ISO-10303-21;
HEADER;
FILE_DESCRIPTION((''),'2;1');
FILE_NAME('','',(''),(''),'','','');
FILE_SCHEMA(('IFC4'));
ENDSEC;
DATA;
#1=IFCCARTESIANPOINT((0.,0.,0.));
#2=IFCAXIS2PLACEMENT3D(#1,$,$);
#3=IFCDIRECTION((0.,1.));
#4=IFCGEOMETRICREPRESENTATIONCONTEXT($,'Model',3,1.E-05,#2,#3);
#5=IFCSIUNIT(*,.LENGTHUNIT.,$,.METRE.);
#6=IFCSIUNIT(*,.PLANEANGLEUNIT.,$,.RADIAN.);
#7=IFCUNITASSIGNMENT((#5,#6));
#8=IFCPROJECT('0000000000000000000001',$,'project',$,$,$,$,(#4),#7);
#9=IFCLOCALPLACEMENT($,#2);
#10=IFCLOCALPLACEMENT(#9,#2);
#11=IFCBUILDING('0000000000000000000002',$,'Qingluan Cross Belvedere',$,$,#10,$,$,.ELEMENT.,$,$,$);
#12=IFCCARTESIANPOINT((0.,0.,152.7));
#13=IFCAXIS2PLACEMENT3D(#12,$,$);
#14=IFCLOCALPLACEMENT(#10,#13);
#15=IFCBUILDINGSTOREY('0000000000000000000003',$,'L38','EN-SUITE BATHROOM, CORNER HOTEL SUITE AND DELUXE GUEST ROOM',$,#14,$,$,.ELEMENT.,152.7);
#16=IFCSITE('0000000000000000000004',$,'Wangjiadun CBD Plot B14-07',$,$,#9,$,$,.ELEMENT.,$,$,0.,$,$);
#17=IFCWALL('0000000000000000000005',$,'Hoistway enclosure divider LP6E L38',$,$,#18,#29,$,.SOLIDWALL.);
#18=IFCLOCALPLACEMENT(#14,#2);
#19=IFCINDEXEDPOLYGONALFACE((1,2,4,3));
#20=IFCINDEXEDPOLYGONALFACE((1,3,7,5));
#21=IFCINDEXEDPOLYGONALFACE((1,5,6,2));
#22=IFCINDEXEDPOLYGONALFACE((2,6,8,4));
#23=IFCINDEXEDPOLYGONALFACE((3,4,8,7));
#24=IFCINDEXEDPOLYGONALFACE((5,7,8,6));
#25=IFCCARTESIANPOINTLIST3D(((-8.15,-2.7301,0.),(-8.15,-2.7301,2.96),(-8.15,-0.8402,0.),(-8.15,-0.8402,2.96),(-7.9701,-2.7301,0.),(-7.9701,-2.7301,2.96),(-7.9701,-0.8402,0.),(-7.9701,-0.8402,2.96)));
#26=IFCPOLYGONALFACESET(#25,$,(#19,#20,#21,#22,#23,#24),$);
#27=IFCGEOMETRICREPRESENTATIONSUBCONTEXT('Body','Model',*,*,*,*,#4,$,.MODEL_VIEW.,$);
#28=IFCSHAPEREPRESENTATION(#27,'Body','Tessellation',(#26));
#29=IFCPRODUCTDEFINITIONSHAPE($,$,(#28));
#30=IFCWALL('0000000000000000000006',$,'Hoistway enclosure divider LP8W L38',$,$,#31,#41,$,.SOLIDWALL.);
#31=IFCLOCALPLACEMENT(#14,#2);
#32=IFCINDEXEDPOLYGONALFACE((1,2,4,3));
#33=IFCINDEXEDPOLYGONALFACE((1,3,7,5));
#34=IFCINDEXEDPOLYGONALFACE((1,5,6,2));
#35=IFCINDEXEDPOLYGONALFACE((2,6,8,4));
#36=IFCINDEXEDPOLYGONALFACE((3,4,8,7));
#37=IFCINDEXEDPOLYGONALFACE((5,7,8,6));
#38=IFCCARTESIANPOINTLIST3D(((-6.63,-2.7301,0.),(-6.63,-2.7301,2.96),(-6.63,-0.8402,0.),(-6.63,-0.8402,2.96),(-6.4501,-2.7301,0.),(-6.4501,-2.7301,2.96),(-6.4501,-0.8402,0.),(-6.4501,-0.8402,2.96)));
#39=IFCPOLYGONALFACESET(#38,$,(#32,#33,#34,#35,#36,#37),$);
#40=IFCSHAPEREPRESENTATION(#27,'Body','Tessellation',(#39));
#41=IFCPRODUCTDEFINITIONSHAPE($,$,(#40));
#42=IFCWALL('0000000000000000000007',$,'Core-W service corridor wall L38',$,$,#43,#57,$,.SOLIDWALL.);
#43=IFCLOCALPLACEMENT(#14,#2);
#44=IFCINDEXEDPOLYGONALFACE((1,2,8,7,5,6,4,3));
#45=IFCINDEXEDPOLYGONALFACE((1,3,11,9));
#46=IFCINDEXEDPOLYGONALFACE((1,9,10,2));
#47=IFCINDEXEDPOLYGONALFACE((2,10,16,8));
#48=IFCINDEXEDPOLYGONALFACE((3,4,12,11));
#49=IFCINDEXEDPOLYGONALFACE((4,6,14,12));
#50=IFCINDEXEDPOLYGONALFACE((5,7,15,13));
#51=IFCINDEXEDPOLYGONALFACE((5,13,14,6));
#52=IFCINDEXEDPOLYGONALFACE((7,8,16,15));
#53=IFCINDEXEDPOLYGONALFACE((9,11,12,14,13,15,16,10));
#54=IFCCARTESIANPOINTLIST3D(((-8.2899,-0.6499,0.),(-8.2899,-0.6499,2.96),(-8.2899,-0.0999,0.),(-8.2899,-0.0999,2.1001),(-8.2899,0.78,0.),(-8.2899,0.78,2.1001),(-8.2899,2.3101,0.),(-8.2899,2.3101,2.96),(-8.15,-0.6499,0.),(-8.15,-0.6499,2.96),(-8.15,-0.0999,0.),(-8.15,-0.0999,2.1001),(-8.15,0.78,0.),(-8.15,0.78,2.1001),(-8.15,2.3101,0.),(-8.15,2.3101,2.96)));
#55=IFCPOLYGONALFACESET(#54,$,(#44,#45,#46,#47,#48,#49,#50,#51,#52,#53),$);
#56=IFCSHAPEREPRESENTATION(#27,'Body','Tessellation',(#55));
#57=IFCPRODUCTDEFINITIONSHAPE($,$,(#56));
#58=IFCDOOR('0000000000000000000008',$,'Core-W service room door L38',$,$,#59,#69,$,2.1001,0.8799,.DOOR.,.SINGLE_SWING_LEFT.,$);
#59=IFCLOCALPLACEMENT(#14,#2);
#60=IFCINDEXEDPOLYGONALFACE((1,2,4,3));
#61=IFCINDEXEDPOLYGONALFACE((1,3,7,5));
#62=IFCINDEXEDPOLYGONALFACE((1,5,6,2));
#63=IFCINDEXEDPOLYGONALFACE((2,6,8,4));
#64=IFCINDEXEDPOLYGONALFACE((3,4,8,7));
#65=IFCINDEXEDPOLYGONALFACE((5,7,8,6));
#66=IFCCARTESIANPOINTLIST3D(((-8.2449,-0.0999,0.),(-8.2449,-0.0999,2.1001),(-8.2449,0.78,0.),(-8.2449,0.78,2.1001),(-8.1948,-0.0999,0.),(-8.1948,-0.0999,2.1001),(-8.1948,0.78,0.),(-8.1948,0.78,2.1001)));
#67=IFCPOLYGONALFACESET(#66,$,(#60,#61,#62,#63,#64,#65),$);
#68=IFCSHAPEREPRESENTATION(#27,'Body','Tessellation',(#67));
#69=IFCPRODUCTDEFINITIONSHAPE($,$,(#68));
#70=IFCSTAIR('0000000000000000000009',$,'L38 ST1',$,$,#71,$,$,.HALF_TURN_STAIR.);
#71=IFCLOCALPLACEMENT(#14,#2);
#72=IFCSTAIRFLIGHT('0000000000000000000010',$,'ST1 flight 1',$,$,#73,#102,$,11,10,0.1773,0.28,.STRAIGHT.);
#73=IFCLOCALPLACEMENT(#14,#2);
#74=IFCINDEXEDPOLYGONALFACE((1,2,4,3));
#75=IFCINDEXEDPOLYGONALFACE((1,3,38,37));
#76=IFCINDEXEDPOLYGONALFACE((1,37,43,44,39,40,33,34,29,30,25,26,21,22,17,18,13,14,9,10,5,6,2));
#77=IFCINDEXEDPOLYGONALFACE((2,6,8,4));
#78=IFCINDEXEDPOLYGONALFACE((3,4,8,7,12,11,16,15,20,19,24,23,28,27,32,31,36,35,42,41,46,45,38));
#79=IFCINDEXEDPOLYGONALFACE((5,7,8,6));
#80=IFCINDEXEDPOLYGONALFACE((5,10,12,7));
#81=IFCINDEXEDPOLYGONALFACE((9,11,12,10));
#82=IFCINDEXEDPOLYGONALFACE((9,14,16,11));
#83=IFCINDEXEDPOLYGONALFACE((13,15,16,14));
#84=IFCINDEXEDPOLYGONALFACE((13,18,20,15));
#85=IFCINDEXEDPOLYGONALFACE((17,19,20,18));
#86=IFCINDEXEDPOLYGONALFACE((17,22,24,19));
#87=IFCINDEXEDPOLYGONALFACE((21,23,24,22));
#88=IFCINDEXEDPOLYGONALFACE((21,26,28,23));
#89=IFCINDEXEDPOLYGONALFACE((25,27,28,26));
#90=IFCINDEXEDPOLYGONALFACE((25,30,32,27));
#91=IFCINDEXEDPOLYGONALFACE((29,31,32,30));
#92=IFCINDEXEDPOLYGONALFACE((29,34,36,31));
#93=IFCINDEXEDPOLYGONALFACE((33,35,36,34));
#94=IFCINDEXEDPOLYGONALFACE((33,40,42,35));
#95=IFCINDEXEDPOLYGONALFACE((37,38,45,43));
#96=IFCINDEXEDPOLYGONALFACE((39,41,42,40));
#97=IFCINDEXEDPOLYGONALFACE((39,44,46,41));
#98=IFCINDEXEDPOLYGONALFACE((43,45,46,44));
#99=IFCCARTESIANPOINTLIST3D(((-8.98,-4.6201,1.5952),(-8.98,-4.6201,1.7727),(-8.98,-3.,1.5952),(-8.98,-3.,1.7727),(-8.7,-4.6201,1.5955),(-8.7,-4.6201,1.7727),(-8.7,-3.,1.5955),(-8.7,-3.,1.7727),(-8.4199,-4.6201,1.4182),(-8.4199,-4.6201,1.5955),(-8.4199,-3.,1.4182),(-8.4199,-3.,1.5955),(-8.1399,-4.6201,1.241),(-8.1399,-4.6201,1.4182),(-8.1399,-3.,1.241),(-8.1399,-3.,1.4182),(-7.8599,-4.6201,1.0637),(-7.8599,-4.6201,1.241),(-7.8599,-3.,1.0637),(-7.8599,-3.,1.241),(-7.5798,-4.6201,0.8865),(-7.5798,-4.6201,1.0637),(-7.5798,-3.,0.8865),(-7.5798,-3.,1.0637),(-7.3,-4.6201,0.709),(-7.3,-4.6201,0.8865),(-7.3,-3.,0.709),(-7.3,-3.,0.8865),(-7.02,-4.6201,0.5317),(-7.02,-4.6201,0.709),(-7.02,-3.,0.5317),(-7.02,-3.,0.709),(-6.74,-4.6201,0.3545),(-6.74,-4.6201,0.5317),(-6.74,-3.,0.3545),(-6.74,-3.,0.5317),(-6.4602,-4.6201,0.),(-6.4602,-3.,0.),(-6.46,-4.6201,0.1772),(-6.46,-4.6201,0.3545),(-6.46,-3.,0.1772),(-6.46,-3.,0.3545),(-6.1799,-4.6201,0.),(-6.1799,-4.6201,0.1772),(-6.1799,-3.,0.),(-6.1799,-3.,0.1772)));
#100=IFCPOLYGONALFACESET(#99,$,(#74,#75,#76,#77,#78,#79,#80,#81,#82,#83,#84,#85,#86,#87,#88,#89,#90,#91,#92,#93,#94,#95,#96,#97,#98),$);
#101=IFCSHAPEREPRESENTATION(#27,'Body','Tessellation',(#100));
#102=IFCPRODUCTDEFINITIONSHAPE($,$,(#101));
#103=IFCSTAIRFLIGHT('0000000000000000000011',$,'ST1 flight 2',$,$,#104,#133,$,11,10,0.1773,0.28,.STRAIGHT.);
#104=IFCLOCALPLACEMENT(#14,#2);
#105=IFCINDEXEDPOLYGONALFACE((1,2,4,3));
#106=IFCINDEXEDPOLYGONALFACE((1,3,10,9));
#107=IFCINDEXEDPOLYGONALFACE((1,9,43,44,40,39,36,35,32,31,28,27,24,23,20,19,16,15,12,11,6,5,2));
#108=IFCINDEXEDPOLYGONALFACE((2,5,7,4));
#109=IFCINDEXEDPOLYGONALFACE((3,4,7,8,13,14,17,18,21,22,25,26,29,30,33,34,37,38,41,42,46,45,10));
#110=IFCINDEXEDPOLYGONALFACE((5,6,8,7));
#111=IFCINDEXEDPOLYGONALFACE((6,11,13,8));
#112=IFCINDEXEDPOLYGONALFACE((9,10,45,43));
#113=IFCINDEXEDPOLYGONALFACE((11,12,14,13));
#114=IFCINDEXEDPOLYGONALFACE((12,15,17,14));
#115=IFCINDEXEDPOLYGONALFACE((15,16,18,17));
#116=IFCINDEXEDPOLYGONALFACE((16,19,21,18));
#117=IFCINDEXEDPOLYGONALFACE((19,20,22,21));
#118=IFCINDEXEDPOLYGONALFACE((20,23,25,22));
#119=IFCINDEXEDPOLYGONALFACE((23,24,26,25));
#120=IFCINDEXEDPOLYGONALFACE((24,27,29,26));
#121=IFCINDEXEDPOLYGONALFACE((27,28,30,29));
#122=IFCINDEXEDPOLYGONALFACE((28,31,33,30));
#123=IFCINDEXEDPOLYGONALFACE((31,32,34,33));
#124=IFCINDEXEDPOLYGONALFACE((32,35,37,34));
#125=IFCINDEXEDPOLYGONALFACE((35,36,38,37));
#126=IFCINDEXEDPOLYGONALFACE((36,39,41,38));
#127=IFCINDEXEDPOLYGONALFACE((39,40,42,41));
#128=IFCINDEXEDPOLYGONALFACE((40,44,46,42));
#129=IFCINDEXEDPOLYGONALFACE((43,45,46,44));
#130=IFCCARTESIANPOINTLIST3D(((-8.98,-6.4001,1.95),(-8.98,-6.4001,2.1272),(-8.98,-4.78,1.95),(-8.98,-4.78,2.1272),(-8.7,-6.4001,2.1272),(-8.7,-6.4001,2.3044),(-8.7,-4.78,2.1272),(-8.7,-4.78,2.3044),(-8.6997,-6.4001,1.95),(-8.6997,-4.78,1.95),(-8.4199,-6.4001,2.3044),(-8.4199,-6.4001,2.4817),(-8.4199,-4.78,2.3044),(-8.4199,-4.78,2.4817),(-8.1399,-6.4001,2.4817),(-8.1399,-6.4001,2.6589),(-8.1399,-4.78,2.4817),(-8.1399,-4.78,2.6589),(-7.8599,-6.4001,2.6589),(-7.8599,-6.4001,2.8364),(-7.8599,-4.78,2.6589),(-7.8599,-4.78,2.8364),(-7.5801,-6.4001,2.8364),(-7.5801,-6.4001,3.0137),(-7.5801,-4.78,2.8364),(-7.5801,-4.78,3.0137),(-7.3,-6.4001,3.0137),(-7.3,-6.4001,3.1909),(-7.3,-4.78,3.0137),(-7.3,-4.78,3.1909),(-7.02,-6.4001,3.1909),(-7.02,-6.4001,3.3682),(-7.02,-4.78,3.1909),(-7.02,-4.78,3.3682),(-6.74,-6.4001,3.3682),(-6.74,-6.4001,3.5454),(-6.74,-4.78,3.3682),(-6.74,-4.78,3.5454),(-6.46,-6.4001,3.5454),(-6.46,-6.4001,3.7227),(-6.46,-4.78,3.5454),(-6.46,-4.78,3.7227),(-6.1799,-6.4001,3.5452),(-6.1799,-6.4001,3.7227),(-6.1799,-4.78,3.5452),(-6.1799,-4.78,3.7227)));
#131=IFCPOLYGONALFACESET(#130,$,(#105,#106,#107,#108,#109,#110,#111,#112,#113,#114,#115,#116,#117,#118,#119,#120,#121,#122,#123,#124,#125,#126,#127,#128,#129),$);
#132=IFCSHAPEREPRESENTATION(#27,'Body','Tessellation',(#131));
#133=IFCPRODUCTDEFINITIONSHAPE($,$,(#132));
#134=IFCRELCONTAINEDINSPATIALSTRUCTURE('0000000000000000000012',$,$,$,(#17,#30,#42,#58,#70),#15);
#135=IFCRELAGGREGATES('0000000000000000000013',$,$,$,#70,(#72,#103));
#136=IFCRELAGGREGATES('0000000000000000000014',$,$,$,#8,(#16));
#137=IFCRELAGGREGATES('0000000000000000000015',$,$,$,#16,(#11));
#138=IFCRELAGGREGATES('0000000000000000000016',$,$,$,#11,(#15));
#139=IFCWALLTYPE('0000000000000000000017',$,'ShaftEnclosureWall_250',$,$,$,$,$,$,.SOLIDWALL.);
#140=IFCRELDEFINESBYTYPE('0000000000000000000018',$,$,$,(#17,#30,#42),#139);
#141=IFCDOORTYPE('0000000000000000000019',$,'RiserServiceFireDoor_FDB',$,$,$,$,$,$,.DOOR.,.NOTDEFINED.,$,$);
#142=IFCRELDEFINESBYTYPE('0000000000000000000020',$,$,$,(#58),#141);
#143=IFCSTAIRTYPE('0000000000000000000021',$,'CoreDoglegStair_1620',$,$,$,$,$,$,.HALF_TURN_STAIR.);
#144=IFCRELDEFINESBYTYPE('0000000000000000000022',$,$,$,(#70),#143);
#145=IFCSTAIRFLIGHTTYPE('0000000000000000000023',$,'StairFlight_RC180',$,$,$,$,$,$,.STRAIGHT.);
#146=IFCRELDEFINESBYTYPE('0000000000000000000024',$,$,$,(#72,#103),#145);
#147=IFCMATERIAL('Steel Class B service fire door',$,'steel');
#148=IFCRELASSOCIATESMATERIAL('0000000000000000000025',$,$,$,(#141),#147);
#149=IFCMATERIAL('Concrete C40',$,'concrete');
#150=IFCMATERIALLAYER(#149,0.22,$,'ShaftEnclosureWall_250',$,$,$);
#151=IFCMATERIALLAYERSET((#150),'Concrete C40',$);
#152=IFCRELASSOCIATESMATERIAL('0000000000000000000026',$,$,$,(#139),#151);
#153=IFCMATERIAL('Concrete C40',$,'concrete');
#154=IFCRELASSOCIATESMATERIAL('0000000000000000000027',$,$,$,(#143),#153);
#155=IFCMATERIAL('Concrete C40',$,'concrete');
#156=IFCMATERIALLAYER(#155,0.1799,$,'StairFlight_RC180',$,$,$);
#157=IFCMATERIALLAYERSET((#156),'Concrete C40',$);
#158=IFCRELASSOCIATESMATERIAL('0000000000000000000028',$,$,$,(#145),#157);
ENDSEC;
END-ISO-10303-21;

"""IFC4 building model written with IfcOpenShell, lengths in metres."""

from ifc_helpers import new_model, si_unit, direction, frame, frame_2d, origin, place, context, subcontext, project, spatial, polyline, rectangle, outline, extrude, material, layer, layer_set, type_object, element, fill, aggregate, save


model = new_model("IFC4")

# Units and contexts
model_context = context("Model", 3, precision=1e-05, world=origin(), true_north=direction((0.0, 1.0)))
body_context = subcontext(model_context, "Body", "Model", "MODEL_VIEW")
ifc_project = project(units=[si_unit("LENGTHUNIT", "METRE"), si_unit("PLANEANGLEUNIT", "RADIAN")], contexts=[model_context])

# Site, building, storey
site_placement = place(None, origin())
site = spatial("IfcSite", under=ifc_project, at=site_placement, Name="Wangjiadun CBD Plot B14-07", CompositionType="ELEMENT", RefElevation=0.0)
building_placement = place(site_placement, origin())
building = spatial("IfcBuilding", under=site, at=building_placement, Name="Qingluan Cross Belvedere", CompositionType="ELEMENT")
storey_placement = place(building_placement, frame((0.0, 0.0, 152.7)))
storey = spatial("IfcBuildingStorey", under=building, at=storey_placement, Name="L38", Description="EN-SUITE BATHROOM, CORNER HOTEL SUITE AND DELUXE GUEST ROOM", CompositionType="ELEMENT", Elevation=152.7)

# Shared definitions
ifc_material_1 = material(Name="Steel Class B service fire door", Category="steel")
door_type_1 = type_object("IfcDoorType", Name="RiserServiceFireDoor_FDB", OperationType="NOTDEFINED", PredefinedType="DOOR", material=ifc_material_1)

# Shared definitions
ifc_material_2 = material(Name="Concrete C40", Category="concrete")
ifc_layer_1 = layer(ifc_material_2, 0.22, Name="ShaftEnclosureWall_250")
ifc_layer_set_1 = layer_set([ifc_layer_1], Name="Concrete C40")
wall_type_1 = type_object("IfcWallType", Name="ShaftEnclosureWall_250", PredefinedType="SOLIDWALL", material=ifc_layer_set_1)

# Walls
for number, where, z_axis, x_axis, name in (
    (1, (-8.0601, -2.73, 0.0), (0.0, 0.0, 1.0), (0.0, 1.0, 0.0), "Hoistway enclosure divider LP6E L38"),
    (2, (-6.54, -2.73, 0.0), (0.0, 0.0, 1.0), (0.0, 1.0, 0.0), "Hoistway enclosure divider LP8W L38"),
):
    element("IfcWall", number, at=place(storey_placement, frame(where, z_axis=z_axis, x_axis=x_axis)), inside=storey, type_object=wall_type_1, Name=name, PredefinedType="SOLIDWALL", context=body_context, shape_type="SweptSolid", body=[
        extrude(rectangle(XDim=1.8899, YDim=0.1799, at=frame_2d((0.9448, 0.0))), origin(), (0.0, 0.0, 1.0), 2.96),
    ])

# Wall, opening, door
wall_1_placement = place(storey_placement, frame((-8.22, -0.6499, 0.0), z_axis=(0.0, 0.0, 1.0), x_axis=(0.0, 1.0, 0.0)))
wall_1 = element("IfcWall", 3, at=wall_1_placement, inside=storey, type_object=wall_type_1, Name="Core-W service corridor wall L38", PredefinedType="SOLIDWALL", context=body_context, shape_type="SweptSolid", body=[
    extrude(rectangle(XDim=2.96, YDim=0.1399, at=frame_2d((1.48, 0.0))), origin(), (0.0, 0.0, 1.0), 2.96),
])
opening_1_placement = place(wall_1_placement, frame((0.55, 0.0, 0.0)))
opening_1 = element("IfcOpeningElement", 4, at=opening_1_placement, cuts=wall_1, PredefinedType="OPENING", context=body_context, shape_type="SweptSolid", body=[
    extrude(rectangle(XDim=0.8799, YDim=2.1001, at=frame_2d((0.4399, 1.05))), frame((0.0, 0.0798, 0.0), z_axis=(0.0, -1.0, 0.0), x_axis=(1.0, 0.0, 0.0)), (0.0, 0.0, 1.0), 0.1599),
])
door_1_placement = place(opening_1_placement, origin())
door_1 = element("IfcDoor", 5, at=door_1_placement, inside=storey, type_object=door_type_1, Name="Core-W service room door L38", OperationType="SINGLE_SWING_LEFT", OverallHeight=2.1001, OverallWidth=0.8799, PredefinedType="DOOR", context=body_context, shape_type="SweptSolid", body=[
    extrude(rectangle(XDim=0.8799, YDim=2.1001, at=frame_2d((0.4399, 1.05))), frame((0.0, 0.0249, 0.0), z_axis=(0.0, -1.0, 0.0), x_axis=(1.0, 0.0, 0.0)), (0.0, 0.0, 1.0), 0.05),
])
fill(opening_1, door_1)

# Stair, stair flights
ifc_material_3 = material(Name="Concrete C40", Category="concrete")
stair_type = type_object("IfcStairType", Name="CoreDoglegStair_1620", PredefinedType="HALF_TURN_STAIR", material=ifc_material_3)
stair_placement = place(storey_placement, origin())
stair = element("IfcStair", 6, at=stair_placement, inside=storey, type_object=stair_type, Name="L38 ST1", PredefinedType="HALF_TURN_STAIR")
ifc_material_4 = material(Name="Concrete C40", Category="concrete")
ifc_layer_2 = layer(ifc_material_4, 0.1799, Name="StairFlight_RC180")
ifc_layer_set_2 = layer_set([ifc_layer_2], Name="Concrete C40")
stair_flight_type = type_object("IfcStairFlightType", Name="StairFlight_RC180", PredefinedType="STRAIGHT", material=ifc_layer_set_2)
stair_flight_1_placement = place(storey_placement, frame((-6.1799, -3.8101, 0.0), z_axis=(0.0, 0.0, 1.0), x_axis=(-1.0, 0.0, 0.0)))
stair_flight_1 = element("IfcStairFlight", 7, at=stair_flight_1_placement, type_object=stair_flight_type, Name="ST1 flight 1", NumberOfRisers=11, NumberOfTreads=10, PredefinedType="STRAIGHT", RiserHeight=0.1773, TreadLength=0.28, context=body_context, shape_type="SweptSolid", body=[
    extrude(outline(polyline([(0.0, 0.0), (0.0, 0.1772), (0.28, 0.1772), (0.28, 0.3545), (0.5601, 0.3545), (0.5601, 0.5317), (0.8401, 0.5317), (0.8401, 0.709), (1.1201, 0.709), (1.1201, 0.8865), (1.3999, 0.8865), (1.3999, 1.0637), (1.6799, 1.0637), (1.6799, 1.241), (1.96, 1.241), (1.96, 1.4182), (2.24, 1.4182), (2.24, 1.5955), (2.52, 1.5955), (2.52, 1.7727), (2.8, 1.7727), (2.8, 1.95), (2.8, 1.5952), (0.2803, 0.0), (0.0, 0.0)])), frame((0.0, 0.8101, 0.0), z_axis=(0.0, -1.0, 0.0), x_axis=(1.0, 0.0, 0.0)), (0.0, 0.0, 1.0), 1.6201),
])
stair_flight_2_placement = place(storey_placement, frame((-8.98, -5.5901, 1.95), z_axis=(0.0, 0.0, 1.0), x_axis=(1.0, 0.0, 0.0)))
stair_flight_2 = element("IfcStairFlight", 8, at=stair_flight_2_placement, type_object=stair_flight_type, Name="ST1 flight 2", NumberOfRisers=11, NumberOfTreads=10, PredefinedType="STRAIGHT", RiserHeight=0.1773, TreadLength=0.28, context=body_context, shape_type="SweptSolid", body=[
    extrude(outline(polyline([(0.0, 0.0), (0.0, 0.1772), (0.28, 0.1772), (0.28, 0.3545), (0.5601, 0.3545), (0.5601, 0.5317), (0.8401, 0.5317), (0.8401, 0.709), (1.1201, 0.709), (1.1201, 0.8865), (1.3999, 0.8865), (1.3999, 1.0637), (1.6799, 1.0637), (1.6799, 1.241), (1.96, 1.241), (1.96, 1.4182), (2.24, 1.4182), (2.24, 1.5955), (2.52, 1.5955), (2.52, 1.7727), (2.8, 1.7727), (2.8, 1.95), (2.8, 1.5952), (0.2803, 0.0), (0.0, 0.0)])), frame((0.0, 0.8101, 0.0), z_axis=(0.0, -1.0, 0.0), x_axis=(1.0, 0.0, 0.0)), (0.0, 0.0, 1.0), 1.6201),
])
aggregate(stair, [stair_flight_1, stair_flight_2])

save(model, "model.ifc")
